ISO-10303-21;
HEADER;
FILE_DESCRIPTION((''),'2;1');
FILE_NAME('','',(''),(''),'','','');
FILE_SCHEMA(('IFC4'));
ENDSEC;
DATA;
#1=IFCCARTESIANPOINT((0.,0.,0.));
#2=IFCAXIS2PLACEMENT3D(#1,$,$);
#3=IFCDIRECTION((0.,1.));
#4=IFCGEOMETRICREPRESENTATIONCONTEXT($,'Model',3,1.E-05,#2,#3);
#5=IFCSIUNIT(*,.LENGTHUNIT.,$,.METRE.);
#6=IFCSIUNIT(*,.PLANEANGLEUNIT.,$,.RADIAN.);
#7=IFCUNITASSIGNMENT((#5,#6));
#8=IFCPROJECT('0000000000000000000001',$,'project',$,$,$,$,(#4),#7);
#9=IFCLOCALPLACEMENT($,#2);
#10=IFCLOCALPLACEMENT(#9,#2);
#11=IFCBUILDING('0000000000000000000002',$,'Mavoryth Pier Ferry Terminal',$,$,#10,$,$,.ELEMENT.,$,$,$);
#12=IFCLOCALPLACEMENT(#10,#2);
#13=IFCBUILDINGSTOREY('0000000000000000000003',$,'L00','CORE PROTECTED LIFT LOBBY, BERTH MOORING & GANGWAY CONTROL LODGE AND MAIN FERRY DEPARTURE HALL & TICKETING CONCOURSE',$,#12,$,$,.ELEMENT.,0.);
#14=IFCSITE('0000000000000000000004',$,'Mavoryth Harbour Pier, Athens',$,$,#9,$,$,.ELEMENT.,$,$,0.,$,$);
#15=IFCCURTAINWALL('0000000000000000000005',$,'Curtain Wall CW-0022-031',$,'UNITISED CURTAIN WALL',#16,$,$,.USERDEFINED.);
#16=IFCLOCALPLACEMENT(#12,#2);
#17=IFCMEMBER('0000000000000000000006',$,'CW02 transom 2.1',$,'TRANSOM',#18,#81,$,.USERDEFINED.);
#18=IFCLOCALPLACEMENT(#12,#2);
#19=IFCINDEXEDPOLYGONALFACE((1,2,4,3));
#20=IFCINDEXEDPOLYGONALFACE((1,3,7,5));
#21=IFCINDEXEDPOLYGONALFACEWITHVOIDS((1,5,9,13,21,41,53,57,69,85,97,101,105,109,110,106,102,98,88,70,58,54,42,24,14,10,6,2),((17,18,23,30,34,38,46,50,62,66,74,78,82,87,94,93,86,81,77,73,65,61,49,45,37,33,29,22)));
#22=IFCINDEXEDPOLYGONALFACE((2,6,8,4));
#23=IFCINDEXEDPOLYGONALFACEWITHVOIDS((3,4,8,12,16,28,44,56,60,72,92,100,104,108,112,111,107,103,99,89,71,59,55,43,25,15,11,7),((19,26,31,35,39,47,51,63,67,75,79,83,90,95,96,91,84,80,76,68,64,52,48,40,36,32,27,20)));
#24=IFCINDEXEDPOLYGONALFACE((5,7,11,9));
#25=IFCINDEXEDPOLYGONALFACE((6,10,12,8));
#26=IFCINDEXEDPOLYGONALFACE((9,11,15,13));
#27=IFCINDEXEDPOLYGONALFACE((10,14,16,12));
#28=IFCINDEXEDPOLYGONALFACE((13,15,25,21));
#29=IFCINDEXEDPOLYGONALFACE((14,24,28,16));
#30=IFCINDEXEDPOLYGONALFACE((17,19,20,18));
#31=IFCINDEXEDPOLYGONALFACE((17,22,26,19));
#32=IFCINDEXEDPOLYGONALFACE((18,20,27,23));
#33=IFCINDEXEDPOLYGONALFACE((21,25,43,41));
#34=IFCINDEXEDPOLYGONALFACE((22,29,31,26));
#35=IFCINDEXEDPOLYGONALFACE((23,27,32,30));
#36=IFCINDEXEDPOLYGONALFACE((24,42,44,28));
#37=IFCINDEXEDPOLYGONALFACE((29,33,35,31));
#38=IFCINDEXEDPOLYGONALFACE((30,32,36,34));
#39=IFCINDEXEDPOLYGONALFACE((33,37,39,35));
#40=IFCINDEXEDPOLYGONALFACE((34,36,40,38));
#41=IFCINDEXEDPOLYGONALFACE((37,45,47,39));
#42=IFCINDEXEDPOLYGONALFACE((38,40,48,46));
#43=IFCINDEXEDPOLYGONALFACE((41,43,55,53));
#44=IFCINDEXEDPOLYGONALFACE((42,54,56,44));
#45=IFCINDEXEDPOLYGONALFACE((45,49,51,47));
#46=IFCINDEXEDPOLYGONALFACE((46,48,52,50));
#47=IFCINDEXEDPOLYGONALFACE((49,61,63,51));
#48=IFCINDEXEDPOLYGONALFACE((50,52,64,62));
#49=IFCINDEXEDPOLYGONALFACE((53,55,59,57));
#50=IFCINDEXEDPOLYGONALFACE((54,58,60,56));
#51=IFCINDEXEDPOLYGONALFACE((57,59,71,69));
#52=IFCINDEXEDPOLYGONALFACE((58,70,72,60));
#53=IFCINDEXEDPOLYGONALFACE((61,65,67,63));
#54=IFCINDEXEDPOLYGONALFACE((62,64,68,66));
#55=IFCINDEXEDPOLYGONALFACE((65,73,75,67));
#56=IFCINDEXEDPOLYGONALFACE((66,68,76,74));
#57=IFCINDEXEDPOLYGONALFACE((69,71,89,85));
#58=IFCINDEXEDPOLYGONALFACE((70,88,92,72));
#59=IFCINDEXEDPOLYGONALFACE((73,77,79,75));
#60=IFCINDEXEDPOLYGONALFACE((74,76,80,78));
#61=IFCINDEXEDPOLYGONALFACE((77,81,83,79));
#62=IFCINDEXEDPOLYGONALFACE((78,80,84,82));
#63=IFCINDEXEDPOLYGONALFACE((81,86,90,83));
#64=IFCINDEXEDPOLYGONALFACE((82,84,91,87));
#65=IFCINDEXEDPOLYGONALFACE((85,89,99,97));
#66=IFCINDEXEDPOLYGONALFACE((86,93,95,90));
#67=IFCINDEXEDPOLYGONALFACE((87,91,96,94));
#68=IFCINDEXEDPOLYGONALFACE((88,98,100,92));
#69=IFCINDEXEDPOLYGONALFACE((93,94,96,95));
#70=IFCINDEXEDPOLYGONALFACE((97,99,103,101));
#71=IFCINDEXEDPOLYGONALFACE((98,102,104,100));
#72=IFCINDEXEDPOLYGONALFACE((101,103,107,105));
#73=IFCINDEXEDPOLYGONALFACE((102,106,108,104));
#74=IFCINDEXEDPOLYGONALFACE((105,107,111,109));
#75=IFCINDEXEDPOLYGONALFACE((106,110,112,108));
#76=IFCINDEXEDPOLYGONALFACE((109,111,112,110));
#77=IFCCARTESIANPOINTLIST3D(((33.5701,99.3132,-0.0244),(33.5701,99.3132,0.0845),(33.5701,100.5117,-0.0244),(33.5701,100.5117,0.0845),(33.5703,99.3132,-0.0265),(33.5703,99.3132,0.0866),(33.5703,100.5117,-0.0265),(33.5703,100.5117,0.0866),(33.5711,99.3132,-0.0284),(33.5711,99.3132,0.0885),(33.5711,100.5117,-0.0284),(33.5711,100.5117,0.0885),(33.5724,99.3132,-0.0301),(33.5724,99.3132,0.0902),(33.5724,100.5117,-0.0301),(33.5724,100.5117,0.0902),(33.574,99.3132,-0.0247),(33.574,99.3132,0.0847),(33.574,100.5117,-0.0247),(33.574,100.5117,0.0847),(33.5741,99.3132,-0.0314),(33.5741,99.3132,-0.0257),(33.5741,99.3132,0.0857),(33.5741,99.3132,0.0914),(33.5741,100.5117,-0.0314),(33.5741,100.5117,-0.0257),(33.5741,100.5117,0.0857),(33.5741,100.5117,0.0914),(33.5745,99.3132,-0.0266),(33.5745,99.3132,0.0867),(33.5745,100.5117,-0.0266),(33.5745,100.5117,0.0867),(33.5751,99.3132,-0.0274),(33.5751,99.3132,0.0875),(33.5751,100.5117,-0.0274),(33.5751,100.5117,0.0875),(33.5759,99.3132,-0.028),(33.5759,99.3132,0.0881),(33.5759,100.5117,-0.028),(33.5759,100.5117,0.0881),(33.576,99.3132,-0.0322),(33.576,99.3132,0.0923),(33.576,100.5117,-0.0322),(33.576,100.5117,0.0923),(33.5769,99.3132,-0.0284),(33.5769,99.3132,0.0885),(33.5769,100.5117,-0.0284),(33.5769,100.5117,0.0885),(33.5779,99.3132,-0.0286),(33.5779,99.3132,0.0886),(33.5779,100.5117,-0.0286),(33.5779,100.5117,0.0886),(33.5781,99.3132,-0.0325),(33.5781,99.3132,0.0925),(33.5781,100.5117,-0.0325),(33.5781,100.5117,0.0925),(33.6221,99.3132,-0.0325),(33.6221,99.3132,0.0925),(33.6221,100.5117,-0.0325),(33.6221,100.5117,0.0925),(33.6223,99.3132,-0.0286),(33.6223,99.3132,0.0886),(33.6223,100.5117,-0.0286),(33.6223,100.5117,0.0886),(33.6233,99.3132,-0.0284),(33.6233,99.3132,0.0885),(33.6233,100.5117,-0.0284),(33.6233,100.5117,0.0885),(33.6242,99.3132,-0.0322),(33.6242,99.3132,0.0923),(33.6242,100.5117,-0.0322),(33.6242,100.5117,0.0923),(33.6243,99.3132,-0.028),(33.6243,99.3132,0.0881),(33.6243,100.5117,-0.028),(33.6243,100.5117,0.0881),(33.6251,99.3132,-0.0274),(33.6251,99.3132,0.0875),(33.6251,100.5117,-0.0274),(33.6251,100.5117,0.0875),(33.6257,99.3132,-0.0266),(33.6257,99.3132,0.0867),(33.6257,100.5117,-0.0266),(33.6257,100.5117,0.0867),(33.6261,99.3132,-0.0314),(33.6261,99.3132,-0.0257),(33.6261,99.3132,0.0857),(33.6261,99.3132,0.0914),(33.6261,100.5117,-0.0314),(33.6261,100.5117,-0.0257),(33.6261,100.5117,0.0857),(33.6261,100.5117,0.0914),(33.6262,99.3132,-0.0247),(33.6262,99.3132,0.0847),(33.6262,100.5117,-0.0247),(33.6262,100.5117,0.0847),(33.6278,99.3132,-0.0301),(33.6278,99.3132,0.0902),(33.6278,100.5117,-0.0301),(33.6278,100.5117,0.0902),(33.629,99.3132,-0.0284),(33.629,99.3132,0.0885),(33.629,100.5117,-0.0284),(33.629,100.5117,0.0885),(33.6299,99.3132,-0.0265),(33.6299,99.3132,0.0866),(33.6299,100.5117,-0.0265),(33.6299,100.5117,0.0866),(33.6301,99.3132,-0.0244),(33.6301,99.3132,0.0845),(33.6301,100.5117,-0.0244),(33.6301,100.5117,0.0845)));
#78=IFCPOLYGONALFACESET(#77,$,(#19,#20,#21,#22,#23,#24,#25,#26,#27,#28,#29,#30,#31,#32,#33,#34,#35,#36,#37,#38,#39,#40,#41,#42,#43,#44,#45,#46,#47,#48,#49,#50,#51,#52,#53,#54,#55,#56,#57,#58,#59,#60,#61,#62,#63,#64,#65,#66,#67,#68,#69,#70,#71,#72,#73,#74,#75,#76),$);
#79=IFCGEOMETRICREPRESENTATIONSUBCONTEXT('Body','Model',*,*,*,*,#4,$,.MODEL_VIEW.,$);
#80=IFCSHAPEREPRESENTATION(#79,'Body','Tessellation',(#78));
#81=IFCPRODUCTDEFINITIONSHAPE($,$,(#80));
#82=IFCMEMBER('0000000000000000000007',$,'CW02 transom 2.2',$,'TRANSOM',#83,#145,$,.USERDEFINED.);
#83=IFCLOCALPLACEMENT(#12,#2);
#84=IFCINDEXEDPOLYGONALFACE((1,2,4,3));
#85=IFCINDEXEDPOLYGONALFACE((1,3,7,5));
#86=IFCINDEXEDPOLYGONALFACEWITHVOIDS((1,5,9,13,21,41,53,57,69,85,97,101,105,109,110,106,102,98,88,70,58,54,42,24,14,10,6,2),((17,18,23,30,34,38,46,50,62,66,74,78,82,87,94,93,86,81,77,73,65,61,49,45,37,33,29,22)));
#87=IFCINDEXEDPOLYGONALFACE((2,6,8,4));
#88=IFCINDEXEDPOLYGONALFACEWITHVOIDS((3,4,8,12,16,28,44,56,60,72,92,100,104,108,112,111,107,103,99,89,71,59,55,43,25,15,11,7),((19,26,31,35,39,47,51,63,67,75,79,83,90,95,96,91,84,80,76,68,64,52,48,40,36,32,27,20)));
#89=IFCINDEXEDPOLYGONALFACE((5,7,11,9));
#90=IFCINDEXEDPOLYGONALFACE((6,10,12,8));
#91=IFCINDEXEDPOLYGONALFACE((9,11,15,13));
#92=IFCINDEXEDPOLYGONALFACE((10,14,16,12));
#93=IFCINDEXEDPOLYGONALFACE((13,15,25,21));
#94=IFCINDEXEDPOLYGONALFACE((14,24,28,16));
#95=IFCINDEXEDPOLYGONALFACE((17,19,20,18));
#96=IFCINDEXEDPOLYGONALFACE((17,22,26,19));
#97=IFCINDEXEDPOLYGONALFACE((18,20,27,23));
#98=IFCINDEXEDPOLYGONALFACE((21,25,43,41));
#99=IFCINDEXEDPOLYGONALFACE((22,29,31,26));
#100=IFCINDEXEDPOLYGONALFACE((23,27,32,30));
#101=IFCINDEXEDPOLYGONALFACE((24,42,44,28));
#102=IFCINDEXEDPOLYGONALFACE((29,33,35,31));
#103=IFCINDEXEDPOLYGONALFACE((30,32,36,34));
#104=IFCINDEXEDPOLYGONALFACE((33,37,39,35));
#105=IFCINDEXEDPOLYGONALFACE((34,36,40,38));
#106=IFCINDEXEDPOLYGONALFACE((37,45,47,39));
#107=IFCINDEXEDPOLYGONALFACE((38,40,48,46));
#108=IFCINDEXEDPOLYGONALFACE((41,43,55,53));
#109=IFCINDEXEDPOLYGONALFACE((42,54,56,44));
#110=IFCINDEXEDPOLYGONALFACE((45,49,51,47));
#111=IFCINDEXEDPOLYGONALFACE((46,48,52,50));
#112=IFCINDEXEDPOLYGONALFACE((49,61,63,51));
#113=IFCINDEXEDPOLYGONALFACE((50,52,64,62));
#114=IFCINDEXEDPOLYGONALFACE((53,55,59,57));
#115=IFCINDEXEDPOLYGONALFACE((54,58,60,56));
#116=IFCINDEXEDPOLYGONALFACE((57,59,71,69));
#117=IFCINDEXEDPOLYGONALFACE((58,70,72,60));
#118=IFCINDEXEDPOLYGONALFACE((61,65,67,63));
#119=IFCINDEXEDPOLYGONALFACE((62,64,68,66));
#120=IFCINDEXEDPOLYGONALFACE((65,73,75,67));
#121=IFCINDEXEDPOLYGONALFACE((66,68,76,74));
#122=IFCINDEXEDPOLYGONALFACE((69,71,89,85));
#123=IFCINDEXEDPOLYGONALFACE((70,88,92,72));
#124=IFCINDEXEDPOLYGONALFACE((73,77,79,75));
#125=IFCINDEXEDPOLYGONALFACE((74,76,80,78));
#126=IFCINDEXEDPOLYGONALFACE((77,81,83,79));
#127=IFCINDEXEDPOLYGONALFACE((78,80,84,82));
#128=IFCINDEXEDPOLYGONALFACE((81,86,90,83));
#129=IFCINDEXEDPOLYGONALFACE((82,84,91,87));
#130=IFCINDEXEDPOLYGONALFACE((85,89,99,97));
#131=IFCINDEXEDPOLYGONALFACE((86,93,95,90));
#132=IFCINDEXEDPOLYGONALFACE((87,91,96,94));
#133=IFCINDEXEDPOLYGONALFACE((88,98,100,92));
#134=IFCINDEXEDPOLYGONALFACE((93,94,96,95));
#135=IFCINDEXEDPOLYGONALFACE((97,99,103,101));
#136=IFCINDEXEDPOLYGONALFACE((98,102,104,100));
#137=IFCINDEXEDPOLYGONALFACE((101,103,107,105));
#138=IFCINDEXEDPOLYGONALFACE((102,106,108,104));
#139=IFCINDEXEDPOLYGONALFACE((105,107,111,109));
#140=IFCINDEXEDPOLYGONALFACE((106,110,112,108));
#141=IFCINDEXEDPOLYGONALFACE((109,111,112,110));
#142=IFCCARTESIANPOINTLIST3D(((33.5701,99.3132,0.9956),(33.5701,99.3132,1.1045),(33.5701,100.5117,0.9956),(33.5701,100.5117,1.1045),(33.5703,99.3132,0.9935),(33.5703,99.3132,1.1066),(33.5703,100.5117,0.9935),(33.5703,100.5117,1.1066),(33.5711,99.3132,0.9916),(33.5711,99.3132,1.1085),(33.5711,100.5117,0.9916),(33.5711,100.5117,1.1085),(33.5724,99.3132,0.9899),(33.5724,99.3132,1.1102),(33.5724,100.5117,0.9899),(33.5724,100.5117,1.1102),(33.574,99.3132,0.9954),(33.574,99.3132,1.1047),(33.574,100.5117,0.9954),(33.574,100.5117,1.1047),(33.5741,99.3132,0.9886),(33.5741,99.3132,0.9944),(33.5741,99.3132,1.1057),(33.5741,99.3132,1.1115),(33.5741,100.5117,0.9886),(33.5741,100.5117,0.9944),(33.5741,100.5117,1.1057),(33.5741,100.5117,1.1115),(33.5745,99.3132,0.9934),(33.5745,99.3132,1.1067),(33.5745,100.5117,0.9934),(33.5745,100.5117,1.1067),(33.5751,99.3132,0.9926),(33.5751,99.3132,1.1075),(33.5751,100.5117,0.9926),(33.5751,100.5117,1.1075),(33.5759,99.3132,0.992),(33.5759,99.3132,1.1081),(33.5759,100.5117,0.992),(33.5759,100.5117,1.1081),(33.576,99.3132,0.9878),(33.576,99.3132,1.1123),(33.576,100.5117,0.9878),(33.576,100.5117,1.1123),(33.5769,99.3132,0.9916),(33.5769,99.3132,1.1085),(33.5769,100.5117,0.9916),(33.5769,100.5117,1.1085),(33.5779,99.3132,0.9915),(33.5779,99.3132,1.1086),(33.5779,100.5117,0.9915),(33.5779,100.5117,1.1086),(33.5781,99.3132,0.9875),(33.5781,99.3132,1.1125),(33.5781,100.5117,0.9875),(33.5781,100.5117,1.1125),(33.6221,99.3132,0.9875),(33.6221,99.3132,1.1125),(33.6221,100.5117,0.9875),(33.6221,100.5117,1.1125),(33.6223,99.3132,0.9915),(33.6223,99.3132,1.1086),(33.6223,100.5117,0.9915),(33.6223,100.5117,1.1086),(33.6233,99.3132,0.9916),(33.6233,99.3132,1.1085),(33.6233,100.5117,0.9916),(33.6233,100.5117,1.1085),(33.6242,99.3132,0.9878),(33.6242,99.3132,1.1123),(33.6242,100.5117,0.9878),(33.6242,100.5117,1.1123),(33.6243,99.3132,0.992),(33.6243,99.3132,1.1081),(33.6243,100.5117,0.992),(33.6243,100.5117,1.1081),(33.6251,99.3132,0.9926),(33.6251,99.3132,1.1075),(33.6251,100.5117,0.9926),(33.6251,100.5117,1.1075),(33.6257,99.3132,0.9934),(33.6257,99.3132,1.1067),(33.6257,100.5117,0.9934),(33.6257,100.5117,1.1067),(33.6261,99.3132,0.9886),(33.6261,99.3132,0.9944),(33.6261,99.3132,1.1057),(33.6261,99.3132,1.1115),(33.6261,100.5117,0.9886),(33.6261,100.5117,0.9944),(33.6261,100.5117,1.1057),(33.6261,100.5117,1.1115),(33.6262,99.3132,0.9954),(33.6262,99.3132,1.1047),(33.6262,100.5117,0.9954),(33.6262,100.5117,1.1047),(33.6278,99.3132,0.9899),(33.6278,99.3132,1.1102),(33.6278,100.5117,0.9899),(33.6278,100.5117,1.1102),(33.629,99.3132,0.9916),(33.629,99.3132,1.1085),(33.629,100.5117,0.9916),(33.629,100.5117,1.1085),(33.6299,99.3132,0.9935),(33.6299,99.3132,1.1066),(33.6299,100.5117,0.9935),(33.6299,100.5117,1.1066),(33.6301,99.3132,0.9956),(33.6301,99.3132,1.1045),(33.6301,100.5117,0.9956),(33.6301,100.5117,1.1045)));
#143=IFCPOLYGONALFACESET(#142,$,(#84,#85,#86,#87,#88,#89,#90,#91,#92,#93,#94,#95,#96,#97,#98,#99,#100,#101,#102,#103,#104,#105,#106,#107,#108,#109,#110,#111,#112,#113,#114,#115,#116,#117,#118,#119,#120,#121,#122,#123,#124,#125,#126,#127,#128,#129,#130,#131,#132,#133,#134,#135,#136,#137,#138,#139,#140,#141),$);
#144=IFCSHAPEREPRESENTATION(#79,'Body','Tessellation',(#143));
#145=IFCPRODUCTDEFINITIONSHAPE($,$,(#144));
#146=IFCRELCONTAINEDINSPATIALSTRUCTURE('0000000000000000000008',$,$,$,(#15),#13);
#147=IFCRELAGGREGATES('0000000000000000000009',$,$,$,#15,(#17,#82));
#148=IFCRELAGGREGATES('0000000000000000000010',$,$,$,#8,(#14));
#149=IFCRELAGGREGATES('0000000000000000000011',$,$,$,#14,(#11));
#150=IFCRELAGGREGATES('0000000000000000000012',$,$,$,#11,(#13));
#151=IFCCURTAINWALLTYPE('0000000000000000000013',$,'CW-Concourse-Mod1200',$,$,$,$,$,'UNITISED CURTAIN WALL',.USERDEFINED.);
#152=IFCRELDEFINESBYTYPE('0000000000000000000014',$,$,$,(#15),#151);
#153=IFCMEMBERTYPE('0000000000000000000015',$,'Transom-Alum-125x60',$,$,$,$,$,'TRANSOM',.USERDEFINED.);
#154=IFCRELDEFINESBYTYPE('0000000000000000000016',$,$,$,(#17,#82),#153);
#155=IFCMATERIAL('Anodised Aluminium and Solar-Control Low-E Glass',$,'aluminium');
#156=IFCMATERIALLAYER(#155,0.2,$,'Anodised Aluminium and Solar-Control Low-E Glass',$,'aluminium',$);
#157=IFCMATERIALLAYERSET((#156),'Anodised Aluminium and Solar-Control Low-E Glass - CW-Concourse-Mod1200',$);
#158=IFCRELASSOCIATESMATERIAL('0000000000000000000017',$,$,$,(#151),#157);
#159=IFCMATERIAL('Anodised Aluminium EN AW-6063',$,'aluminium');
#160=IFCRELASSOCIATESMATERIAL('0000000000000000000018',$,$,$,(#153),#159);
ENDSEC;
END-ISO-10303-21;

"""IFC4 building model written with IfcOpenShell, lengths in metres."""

from ifc_helpers import new_model, si_unit, direction, frame, origin, origin_2d, place, context, subcontext, project, spatial, hollow_rectangle, extrude, material, layer, layer_set, material_profile, profile_set, type_object, element, aggregate, save


model = new_model("IFC4")

# Units and contexts
model_context = context("Model", 3, precision=1e-05, world=origin(), true_north=direction((0.0, 1.0)))
body_context = subcontext(model_context, "Body", "Model", "MODEL_VIEW")
ifc_project = project(units=[si_unit("LENGTHUNIT", "METRE"), si_unit("PLANEANGLEUNIT", "RADIAN")], contexts=[model_context])

# Site, building, storey
site_placement = place(None, origin())
site = spatial("IfcSite", under=ifc_project, at=site_placement, Name="Mavoryth Harbour Pier, Athens", CompositionType="ELEMENT", RefElevation=0.0)
building_placement = place(site_placement, origin())
building = spatial("IfcBuilding", under=site, at=building_placement, Name="Mavoryth Pier Ferry Terminal", CompositionType="ELEMENT")
storey_placement = place(building_placement, origin())
storey = spatial("IfcBuildingStorey", under=building, at=storey_placement, Name="L00", Description="CORE PROTECTED LIFT LOBBY, BERTH MOORING & GANGWAY CONTROL LODGE AND MAIN FERRY DEPARTURE HALL & TICKETING CONCOURSE", CompositionType="ELEMENT", Elevation=0.0)

# Curtain wall, members
ifc_material_1 = material(Name="Anodised Aluminium and Solar-Control Low-E Glass", Category="aluminium")
ifc_layer_1 = layer(ifc_material_1, 0.2, Name="Anodised Aluminium and Solar-Control Low-E Glass", Category="aluminium")
ifc_layer_set_1 = layer_set([ifc_layer_1], Name="Anodised Aluminium and Solar-Control Low-E Glass - CW-Concourse-Mod1200")
curtain_wall_type = type_object("IfcCurtainWallType", Name="CW-Concourse-Mod1200", ElementType="UNITISED CURTAIN WALL", PredefinedType="USERDEFINED", material=ifc_layer_set_1)
curtain_wall_placement = place(storey_placement, origin())
curtain_wall = element("IfcCurtainWall", 1, at=curtain_wall_placement, inside=storey, type_object=curtain_wall_type, Name="Curtain Wall CW-0022-031", ObjectType="UNITISED CURTAIN WALL", PredefinedType="USERDEFINED")
ifc_material_2 = material(Name="Anodised Aluminium EN AW-6063", Category="aluminium")
ifc_material_profile_1 = material_profile(ifc_material_2, hollow_rectangle(XDim=0.0601, YDim=0.125, WallThickness=0.0039, InnerFilletRadius=0.0039, OuterFilletRadius=0.0081, at=origin_2d()), Name="AL-TRAN 125x60x4", Category="aluminium")
ifc_profile_set_1 = profile_set([ifc_material_profile_1], Name="Anodised Aluminium EN AW-6063 - AL-TRAN 125x60x4")
member_type_1 = type_object("IfcMemberType", Name="Transom-Alum-125x60", ElementType="TRANSOM", PredefinedType="USERDEFINED", material=ifc_profile_set_1)
member_1_placement = place(storey_placement, frame((33.6001, 99.3132, 0.03), z_axis=(0.0, 1.0, 0.0), x_axis=(-1.0, 0.0, 0.0)))
member_1 = element("IfcMember", 2, at=member_1_placement, type_object=member_type_1, Name="CW02 transom 2.1", ObjectType="TRANSOM", PredefinedType="USERDEFINED", context=body_context, shape_type="SweptSolid", body=[
    extrude(hollow_rectangle(XDim=0.0601, YDim=0.125, WallThickness=0.0039, InnerFilletRadius=0.0039, OuterFilletRadius=0.0081, at=origin_2d()), origin(), (0.0, 0.0, 1.0), 1.1985),
])
member_2_placement = place(storey_placement, frame((33.6001, 99.3132, 1.05), z_axis=(0.0, 1.0, 0.0), x_axis=(-1.0, 0.0, 0.0)))
member_2 = element("IfcMember", 3, at=member_2_placement, type_object=member_type_1, Name="CW02 transom 2.2", ObjectType="TRANSOM", PredefinedType="USERDEFINED", context=body_context, shape_type="SweptSolid", body=[
    extrude(hollow_rectangle(XDim=0.0601, YDim=0.125, WallThickness=0.0039, InnerFilletRadius=0.0039, OuterFilletRadius=0.0081, at=origin_2d()), origin(), (0.0, 0.0, 1.0), 1.1985),
])
aggregate(curtain_wall, [member_1, member_2])

save(model, "model.ifc")
